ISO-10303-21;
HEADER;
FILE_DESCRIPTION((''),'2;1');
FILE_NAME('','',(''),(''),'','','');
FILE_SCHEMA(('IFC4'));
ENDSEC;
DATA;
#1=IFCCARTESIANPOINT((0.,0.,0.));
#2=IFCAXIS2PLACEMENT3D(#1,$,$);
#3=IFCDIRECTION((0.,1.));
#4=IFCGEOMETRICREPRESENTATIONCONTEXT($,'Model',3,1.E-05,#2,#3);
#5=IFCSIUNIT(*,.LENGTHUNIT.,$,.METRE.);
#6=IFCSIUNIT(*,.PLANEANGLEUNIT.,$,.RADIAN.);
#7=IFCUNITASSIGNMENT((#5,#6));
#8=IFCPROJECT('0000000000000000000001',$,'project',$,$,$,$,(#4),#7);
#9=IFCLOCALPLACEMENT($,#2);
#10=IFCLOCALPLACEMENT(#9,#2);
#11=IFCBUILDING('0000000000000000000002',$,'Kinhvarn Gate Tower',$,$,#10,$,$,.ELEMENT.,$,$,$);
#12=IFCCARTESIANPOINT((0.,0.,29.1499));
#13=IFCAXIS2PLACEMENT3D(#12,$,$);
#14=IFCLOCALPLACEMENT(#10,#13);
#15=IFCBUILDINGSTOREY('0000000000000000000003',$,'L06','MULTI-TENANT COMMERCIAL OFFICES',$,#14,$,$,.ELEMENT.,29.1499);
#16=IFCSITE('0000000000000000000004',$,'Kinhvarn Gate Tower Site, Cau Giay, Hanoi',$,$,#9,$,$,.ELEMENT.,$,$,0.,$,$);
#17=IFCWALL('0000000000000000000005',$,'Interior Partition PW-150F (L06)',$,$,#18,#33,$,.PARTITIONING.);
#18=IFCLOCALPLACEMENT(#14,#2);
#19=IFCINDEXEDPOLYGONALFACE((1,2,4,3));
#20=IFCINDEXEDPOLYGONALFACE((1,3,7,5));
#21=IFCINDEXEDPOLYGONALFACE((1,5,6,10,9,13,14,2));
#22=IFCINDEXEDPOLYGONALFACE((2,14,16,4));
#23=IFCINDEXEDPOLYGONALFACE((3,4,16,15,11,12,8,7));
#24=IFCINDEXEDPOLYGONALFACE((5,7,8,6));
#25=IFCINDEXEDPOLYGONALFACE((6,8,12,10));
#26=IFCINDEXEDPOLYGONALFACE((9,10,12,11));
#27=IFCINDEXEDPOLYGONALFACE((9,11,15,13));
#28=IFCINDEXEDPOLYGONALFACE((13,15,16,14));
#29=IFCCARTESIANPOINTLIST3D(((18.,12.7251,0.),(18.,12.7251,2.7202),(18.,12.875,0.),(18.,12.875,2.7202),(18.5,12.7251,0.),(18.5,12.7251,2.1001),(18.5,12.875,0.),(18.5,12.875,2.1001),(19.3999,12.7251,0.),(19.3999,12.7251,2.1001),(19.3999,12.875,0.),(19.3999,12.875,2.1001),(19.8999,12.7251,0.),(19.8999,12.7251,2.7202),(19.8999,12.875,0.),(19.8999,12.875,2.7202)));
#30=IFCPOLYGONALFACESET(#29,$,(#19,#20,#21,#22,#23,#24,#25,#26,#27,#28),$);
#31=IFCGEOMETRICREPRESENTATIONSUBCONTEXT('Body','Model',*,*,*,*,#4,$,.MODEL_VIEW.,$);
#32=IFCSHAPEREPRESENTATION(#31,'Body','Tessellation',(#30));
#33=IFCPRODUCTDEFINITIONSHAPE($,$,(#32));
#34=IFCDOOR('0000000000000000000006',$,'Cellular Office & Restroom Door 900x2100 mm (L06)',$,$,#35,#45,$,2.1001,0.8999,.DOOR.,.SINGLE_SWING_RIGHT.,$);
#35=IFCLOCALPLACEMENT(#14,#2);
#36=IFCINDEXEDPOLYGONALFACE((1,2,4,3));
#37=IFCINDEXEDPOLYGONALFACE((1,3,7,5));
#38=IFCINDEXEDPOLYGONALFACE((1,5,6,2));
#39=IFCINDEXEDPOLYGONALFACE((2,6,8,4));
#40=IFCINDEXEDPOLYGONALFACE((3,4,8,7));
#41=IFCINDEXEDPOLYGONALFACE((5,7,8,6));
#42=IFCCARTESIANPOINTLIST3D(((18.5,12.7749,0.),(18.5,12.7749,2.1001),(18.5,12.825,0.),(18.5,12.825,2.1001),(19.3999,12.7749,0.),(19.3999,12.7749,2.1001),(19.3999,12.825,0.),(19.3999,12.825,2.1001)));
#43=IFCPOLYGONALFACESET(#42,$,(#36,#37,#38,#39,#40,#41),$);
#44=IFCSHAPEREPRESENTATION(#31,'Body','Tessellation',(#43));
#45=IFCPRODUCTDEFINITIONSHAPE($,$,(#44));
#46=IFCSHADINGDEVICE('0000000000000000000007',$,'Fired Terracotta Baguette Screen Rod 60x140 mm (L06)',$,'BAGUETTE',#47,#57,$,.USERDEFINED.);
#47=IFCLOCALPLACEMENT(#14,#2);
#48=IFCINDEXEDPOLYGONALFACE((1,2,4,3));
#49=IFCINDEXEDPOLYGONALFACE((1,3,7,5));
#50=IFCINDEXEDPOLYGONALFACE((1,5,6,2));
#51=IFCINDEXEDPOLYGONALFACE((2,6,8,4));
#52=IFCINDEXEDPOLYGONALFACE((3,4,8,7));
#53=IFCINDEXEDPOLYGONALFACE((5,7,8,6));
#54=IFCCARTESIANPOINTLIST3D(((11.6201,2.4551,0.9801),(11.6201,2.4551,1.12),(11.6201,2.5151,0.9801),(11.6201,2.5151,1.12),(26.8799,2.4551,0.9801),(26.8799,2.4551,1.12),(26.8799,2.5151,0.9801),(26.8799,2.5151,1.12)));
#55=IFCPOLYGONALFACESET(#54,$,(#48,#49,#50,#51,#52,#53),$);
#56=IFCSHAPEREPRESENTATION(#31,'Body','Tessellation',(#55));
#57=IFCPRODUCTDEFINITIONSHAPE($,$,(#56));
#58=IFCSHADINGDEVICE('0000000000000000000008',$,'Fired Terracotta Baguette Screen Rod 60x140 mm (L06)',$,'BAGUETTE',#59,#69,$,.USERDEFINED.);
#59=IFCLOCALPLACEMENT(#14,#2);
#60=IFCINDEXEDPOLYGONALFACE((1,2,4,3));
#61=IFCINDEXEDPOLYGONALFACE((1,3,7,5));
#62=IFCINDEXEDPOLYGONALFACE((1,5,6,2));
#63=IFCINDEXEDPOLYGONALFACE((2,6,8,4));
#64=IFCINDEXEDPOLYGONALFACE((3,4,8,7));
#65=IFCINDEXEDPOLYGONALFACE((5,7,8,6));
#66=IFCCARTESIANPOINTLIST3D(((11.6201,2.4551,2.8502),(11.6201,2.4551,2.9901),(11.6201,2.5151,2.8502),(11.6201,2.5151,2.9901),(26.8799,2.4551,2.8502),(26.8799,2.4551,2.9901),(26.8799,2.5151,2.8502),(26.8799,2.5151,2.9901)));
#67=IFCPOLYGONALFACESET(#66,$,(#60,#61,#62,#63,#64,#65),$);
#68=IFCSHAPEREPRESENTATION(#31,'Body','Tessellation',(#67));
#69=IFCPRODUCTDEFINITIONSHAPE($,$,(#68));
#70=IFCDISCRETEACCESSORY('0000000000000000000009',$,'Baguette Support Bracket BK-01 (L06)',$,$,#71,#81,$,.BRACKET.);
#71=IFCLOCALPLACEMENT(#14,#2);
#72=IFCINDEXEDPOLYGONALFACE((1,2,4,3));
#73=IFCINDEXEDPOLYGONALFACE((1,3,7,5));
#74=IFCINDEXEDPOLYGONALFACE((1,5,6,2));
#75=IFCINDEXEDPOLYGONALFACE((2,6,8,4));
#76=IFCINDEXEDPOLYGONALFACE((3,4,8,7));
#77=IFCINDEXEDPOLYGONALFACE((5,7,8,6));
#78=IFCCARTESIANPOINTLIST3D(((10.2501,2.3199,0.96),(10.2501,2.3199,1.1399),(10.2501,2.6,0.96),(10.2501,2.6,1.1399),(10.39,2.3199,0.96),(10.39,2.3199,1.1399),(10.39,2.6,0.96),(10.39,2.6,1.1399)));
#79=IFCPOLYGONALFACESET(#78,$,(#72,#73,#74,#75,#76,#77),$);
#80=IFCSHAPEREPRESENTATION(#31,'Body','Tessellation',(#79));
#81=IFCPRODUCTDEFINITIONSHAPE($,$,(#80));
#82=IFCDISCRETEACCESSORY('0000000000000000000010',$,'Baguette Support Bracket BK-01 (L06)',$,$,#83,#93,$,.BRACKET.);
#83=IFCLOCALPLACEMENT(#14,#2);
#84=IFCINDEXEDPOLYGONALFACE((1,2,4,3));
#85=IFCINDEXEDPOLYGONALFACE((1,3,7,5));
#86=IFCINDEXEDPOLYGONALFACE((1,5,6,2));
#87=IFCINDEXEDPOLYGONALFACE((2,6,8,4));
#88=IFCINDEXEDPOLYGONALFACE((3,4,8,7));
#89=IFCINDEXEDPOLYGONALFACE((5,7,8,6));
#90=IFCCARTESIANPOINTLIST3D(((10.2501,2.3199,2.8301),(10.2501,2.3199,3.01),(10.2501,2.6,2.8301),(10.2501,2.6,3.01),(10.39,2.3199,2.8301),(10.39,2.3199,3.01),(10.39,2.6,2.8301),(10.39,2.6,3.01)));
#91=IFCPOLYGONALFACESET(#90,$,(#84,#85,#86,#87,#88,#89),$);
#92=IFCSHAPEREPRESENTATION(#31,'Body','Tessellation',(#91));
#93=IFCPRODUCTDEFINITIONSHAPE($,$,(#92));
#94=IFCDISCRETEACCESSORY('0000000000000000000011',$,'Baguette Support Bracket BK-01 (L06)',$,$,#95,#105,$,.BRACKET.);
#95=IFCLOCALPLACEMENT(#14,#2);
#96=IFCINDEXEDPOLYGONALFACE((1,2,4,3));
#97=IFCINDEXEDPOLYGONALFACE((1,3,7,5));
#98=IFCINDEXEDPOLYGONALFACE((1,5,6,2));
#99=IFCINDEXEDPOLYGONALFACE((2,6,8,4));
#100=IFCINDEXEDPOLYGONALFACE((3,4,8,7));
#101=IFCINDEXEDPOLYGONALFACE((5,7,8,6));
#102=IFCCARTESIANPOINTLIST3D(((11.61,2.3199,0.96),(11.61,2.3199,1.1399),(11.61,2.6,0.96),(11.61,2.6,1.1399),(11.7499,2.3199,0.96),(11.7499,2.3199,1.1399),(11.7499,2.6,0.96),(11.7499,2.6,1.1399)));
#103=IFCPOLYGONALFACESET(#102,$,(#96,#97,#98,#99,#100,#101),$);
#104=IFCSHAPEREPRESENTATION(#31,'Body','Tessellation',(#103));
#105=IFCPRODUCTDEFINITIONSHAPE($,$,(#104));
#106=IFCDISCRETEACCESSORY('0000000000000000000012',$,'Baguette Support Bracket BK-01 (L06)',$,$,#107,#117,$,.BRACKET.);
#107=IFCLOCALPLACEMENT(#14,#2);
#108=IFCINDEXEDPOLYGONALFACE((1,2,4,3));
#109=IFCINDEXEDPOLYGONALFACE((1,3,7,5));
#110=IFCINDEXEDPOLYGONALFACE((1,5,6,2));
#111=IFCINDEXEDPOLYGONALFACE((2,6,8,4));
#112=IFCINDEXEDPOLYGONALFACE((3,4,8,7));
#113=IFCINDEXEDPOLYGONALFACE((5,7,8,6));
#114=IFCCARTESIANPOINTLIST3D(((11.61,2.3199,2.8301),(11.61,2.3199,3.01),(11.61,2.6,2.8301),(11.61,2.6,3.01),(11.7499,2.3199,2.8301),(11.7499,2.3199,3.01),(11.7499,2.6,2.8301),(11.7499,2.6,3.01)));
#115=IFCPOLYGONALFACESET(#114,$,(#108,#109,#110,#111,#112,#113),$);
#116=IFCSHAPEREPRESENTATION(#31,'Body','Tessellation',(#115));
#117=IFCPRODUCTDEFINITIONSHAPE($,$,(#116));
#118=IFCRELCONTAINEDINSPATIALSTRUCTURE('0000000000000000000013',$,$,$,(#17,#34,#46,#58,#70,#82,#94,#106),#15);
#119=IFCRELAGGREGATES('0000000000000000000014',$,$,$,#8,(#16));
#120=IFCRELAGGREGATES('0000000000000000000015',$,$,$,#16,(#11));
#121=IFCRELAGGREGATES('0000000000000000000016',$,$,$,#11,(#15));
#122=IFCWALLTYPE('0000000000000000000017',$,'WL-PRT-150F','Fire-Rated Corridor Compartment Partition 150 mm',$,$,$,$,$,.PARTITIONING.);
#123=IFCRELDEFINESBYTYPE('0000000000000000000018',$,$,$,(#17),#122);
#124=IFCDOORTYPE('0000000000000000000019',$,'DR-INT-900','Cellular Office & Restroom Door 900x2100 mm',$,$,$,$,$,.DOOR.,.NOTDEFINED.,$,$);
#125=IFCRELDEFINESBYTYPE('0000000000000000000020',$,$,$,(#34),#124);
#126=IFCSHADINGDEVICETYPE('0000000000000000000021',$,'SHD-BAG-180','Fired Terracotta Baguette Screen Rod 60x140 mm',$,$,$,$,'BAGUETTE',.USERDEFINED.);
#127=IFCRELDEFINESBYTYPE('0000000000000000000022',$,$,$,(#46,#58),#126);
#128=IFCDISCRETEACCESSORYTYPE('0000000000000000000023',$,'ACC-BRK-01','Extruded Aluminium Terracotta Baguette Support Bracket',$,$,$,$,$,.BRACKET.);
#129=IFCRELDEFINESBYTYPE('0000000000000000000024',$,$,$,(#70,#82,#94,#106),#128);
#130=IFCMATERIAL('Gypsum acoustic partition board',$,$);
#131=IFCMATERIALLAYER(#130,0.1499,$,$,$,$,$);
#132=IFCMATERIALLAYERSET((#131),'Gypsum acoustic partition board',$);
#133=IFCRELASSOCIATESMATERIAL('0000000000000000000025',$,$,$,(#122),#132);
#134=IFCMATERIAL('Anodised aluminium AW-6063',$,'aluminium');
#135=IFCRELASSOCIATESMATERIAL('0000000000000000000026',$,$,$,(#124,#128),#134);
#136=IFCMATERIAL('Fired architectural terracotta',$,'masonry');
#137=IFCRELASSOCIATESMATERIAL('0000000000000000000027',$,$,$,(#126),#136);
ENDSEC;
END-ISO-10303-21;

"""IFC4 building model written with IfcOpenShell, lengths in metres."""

from ifc_helpers import new_model, si_unit, direction, frame, frame_2d, origin, origin_2d, place, context, subcontext, project, spatial, rectangle, extrude, material, layer, layer_set, material_profile, profile_set, type_object, element, fill, save


model = new_model("IFC4")

# Units and contexts
model_context = context("Model", 3, precision=1e-05, world=origin(), true_north=direction((0.0, 1.0)))
body_context = subcontext(model_context, "Body", "Model", "MODEL_VIEW")
ifc_project = project(units=[si_unit("LENGTHUNIT", "METRE"), si_unit("PLANEANGLEUNIT", "RADIAN")], contexts=[model_context])

# Site, building, storey
site_placement = place(None, origin())
site = spatial("IfcSite", under=ifc_project, at=site_placement, Name="Kinhvarn Gate Tower Site, Cau Giay, Hanoi", CompositionType="ELEMENT", RefElevation=0.0)
building_placement = place(site_placement, origin())
building = spatial("IfcBuilding", under=site, at=building_placement, Name="Kinhvarn Gate Tower", CompositionType="ELEMENT")
storey_placement = place(building_placement, frame((0.0, 0.0, 29.1499)))
storey = spatial("IfcBuildingStorey", under=building, at=storey_placement, Name="L06", Description="MULTI-TENANT COMMERCIAL OFFICES", CompositionType="ELEMENT", Elevation=29.1499)

# Shared definitions
ifc_material_1 = material(Name="Anodised aluminium AW-6063", Category="aluminium")

# Shared definitions
ifc_material_2 = material(Name="Gypsum acoustic partition board")

# Wall, opening, door
ifc_layer_1 = layer(ifc_material_2, 0.1499)
ifc_layer_set_1 = layer_set([ifc_layer_1], Name="Gypsum acoustic partition board")
wall_type_1 = type_object("IfcWallType", Name="WL-PRT-150F", Description="Fire-Rated Corridor Compartment Partition 150 mm", PredefinedType="PARTITIONING", material=ifc_layer_set_1)
wall_1_placement = place(storey_placement, frame((18.0, 12.8, 0.0), z_axis=(0.0, 0.0, 1.0), x_axis=(1.0, 0.0, 0.0)))
wall_1 = element("IfcWall", 1, at=wall_1_placement, inside=storey, type_object=wall_type_1, Name="Interior Partition PW-150F (L06)", PredefinedType="PARTITIONING", context=body_context, shape_type="SweptSolid", body=[
    extrude(rectangle(XDim=1.8999, YDim=0.1499, at=frame_2d((0.95, 0.0))), origin(), (0.0, 0.0, 1.0), 2.7202),
])
opening_placement = place(wall_1_placement, frame((0.5, 0.0, 0.0)))
opening = element("IfcOpeningElement", 2, at=opening_placement, cuts=wall_1, PredefinedType="OPENING", context=body_context, shape_type="SweptSolid", body=[
    extrude(rectangle(XDim=0.8999, YDim=2.1001, at=frame_2d((0.45, 1.05))), frame((0.0, 0.085, 0.0), z_axis=(0.0, -1.0, 0.0), x_axis=(1.0, 0.0, 0.0)), (0.0, 0.0, 1.0), 0.1699),
])
door_type = type_object("IfcDoorType", Name="DR-INT-900", Description="Cellular Office & Restroom Door 900x2100 mm", OperationType="NOTDEFINED", PredefinedType="DOOR", material=ifc_material_1)
door_placement = place(opening_placement, origin())
door = element("IfcDoor", 3, at=door_placement, inside=storey, type_object=door_type, Name="Cellular Office & Restroom Door 900x2100 mm (L06)", OperationType="SINGLE_SWING_RIGHT", OverallHeight=2.1001, OverallWidth=0.8999, PredefinedType="DOOR", context=body_context, shape_type="SweptSolid", body=[
    extrude(rectangle(XDim=0.8999, YDim=2.1001, at=frame_2d((0.45, 1.05))), frame((0.0, 0.0249, 0.0), z_axis=(0.0, -1.0, 0.0), x_axis=(1.0, 0.0, 0.0)), (0.0, 0.0, 1.0), 0.05),
])
fill(opening, door)

# Shading devices
ifc_material_3 = material(Name="Fired architectural terracotta", Category="masonry")
ifc_material_profile_1 = material_profile(ifc_material_3, rectangle(XDim=0.0601, YDim=0.1399, at=origin_2d()), Name="TC 60x140")
ifc_profile_set_1 = profile_set([ifc_material_profile_1], Name="Fired architectural terracotta")
shading_device_type = type_object("IfcShadingDeviceType", Name="SHD-BAG-180", Description="Fired Terracotta Baguette Screen Rod 60x140 mm", ElementType="BAGUETTE", PredefinedType="USERDEFINED", material=ifc_profile_set_1)
for number, where, z_axis, x_axis, name in (
    (4, (11.6201, 2.4851, 1.05), (1.0, 0.0, 0.0), (0.0, 1.0, 0.0), "Fired Terracotta Baguette Screen Rod 60x140 mm (L06)"),
    (5, (11.6201, 2.4851, 2.9202), (1.0, 0.0, 0.0), (0.0, 1.0, 0.0), "Fired Terracotta Baguette Screen Rod 60x140 mm (L06)"),
):
    element("IfcShadingDevice", number, at=place(storey_placement, frame(where, z_axis=z_axis, x_axis=x_axis)), inside=storey, type_object=shading_device_type, Name=name, ObjectType="BAGUETTE", PredefinedType="USERDEFINED", context=body_context, shape_type="SweptSolid", body=[
        extrude(rectangle(XDim=0.0601, YDim=0.1399, at=origin_2d()), origin(), (0.0, 0.0, 1.0), 15.2598),
    ])

# Discrete accessories
discrete_accessory_type = type_object("IfcDiscreteAccessoryType", Name="ACC-BRK-01", Description="Extruded Aluminium Terracotta Baguette Support Bracket", PredefinedType="BRACKET", material=ifc_material_1)
for number, where, z_axis, x_axis, name in (
    (6, (10.3201, 2.46, 0.96), (0.0, 0.0, 1.0), (1.0, 0.0, 0.0), "Baguette Support Bracket BK-01 (L06)"),
    (7, (10.3201, 2.46, 2.8301), (0.0, 0.0, 1.0), (1.0, 0.0, 0.0), "Baguette Support Bracket BK-01 (L06)"),
    (8, (11.6799, 2.46, 0.96), (0.0, 0.0, 1.0), (1.0, 0.0, 0.0), "Baguette Support Bracket BK-01 (L06)"),
    (9, (11.6799, 2.46, 2.8301), (0.0, 0.0, 1.0), (1.0, 0.0, 0.0), "Baguette Support Bracket BK-01 (L06)"),
):
    element("IfcDiscreteAccessory", number, at=place(storey_placement, frame(where, z_axis=z_axis, x_axis=x_axis)), inside=storey, type_object=discrete_accessory_type, Name=name, PredefinedType="BRACKET", context=body_context, shape_type="SweptSolid", body=[
        extrude(rectangle(XDim=0.1399, YDim=0.28, at=origin_2d()), origin(), (0.0, 0.0, 1.0), 0.1799),
    ])

save(model, "model.ifc")
